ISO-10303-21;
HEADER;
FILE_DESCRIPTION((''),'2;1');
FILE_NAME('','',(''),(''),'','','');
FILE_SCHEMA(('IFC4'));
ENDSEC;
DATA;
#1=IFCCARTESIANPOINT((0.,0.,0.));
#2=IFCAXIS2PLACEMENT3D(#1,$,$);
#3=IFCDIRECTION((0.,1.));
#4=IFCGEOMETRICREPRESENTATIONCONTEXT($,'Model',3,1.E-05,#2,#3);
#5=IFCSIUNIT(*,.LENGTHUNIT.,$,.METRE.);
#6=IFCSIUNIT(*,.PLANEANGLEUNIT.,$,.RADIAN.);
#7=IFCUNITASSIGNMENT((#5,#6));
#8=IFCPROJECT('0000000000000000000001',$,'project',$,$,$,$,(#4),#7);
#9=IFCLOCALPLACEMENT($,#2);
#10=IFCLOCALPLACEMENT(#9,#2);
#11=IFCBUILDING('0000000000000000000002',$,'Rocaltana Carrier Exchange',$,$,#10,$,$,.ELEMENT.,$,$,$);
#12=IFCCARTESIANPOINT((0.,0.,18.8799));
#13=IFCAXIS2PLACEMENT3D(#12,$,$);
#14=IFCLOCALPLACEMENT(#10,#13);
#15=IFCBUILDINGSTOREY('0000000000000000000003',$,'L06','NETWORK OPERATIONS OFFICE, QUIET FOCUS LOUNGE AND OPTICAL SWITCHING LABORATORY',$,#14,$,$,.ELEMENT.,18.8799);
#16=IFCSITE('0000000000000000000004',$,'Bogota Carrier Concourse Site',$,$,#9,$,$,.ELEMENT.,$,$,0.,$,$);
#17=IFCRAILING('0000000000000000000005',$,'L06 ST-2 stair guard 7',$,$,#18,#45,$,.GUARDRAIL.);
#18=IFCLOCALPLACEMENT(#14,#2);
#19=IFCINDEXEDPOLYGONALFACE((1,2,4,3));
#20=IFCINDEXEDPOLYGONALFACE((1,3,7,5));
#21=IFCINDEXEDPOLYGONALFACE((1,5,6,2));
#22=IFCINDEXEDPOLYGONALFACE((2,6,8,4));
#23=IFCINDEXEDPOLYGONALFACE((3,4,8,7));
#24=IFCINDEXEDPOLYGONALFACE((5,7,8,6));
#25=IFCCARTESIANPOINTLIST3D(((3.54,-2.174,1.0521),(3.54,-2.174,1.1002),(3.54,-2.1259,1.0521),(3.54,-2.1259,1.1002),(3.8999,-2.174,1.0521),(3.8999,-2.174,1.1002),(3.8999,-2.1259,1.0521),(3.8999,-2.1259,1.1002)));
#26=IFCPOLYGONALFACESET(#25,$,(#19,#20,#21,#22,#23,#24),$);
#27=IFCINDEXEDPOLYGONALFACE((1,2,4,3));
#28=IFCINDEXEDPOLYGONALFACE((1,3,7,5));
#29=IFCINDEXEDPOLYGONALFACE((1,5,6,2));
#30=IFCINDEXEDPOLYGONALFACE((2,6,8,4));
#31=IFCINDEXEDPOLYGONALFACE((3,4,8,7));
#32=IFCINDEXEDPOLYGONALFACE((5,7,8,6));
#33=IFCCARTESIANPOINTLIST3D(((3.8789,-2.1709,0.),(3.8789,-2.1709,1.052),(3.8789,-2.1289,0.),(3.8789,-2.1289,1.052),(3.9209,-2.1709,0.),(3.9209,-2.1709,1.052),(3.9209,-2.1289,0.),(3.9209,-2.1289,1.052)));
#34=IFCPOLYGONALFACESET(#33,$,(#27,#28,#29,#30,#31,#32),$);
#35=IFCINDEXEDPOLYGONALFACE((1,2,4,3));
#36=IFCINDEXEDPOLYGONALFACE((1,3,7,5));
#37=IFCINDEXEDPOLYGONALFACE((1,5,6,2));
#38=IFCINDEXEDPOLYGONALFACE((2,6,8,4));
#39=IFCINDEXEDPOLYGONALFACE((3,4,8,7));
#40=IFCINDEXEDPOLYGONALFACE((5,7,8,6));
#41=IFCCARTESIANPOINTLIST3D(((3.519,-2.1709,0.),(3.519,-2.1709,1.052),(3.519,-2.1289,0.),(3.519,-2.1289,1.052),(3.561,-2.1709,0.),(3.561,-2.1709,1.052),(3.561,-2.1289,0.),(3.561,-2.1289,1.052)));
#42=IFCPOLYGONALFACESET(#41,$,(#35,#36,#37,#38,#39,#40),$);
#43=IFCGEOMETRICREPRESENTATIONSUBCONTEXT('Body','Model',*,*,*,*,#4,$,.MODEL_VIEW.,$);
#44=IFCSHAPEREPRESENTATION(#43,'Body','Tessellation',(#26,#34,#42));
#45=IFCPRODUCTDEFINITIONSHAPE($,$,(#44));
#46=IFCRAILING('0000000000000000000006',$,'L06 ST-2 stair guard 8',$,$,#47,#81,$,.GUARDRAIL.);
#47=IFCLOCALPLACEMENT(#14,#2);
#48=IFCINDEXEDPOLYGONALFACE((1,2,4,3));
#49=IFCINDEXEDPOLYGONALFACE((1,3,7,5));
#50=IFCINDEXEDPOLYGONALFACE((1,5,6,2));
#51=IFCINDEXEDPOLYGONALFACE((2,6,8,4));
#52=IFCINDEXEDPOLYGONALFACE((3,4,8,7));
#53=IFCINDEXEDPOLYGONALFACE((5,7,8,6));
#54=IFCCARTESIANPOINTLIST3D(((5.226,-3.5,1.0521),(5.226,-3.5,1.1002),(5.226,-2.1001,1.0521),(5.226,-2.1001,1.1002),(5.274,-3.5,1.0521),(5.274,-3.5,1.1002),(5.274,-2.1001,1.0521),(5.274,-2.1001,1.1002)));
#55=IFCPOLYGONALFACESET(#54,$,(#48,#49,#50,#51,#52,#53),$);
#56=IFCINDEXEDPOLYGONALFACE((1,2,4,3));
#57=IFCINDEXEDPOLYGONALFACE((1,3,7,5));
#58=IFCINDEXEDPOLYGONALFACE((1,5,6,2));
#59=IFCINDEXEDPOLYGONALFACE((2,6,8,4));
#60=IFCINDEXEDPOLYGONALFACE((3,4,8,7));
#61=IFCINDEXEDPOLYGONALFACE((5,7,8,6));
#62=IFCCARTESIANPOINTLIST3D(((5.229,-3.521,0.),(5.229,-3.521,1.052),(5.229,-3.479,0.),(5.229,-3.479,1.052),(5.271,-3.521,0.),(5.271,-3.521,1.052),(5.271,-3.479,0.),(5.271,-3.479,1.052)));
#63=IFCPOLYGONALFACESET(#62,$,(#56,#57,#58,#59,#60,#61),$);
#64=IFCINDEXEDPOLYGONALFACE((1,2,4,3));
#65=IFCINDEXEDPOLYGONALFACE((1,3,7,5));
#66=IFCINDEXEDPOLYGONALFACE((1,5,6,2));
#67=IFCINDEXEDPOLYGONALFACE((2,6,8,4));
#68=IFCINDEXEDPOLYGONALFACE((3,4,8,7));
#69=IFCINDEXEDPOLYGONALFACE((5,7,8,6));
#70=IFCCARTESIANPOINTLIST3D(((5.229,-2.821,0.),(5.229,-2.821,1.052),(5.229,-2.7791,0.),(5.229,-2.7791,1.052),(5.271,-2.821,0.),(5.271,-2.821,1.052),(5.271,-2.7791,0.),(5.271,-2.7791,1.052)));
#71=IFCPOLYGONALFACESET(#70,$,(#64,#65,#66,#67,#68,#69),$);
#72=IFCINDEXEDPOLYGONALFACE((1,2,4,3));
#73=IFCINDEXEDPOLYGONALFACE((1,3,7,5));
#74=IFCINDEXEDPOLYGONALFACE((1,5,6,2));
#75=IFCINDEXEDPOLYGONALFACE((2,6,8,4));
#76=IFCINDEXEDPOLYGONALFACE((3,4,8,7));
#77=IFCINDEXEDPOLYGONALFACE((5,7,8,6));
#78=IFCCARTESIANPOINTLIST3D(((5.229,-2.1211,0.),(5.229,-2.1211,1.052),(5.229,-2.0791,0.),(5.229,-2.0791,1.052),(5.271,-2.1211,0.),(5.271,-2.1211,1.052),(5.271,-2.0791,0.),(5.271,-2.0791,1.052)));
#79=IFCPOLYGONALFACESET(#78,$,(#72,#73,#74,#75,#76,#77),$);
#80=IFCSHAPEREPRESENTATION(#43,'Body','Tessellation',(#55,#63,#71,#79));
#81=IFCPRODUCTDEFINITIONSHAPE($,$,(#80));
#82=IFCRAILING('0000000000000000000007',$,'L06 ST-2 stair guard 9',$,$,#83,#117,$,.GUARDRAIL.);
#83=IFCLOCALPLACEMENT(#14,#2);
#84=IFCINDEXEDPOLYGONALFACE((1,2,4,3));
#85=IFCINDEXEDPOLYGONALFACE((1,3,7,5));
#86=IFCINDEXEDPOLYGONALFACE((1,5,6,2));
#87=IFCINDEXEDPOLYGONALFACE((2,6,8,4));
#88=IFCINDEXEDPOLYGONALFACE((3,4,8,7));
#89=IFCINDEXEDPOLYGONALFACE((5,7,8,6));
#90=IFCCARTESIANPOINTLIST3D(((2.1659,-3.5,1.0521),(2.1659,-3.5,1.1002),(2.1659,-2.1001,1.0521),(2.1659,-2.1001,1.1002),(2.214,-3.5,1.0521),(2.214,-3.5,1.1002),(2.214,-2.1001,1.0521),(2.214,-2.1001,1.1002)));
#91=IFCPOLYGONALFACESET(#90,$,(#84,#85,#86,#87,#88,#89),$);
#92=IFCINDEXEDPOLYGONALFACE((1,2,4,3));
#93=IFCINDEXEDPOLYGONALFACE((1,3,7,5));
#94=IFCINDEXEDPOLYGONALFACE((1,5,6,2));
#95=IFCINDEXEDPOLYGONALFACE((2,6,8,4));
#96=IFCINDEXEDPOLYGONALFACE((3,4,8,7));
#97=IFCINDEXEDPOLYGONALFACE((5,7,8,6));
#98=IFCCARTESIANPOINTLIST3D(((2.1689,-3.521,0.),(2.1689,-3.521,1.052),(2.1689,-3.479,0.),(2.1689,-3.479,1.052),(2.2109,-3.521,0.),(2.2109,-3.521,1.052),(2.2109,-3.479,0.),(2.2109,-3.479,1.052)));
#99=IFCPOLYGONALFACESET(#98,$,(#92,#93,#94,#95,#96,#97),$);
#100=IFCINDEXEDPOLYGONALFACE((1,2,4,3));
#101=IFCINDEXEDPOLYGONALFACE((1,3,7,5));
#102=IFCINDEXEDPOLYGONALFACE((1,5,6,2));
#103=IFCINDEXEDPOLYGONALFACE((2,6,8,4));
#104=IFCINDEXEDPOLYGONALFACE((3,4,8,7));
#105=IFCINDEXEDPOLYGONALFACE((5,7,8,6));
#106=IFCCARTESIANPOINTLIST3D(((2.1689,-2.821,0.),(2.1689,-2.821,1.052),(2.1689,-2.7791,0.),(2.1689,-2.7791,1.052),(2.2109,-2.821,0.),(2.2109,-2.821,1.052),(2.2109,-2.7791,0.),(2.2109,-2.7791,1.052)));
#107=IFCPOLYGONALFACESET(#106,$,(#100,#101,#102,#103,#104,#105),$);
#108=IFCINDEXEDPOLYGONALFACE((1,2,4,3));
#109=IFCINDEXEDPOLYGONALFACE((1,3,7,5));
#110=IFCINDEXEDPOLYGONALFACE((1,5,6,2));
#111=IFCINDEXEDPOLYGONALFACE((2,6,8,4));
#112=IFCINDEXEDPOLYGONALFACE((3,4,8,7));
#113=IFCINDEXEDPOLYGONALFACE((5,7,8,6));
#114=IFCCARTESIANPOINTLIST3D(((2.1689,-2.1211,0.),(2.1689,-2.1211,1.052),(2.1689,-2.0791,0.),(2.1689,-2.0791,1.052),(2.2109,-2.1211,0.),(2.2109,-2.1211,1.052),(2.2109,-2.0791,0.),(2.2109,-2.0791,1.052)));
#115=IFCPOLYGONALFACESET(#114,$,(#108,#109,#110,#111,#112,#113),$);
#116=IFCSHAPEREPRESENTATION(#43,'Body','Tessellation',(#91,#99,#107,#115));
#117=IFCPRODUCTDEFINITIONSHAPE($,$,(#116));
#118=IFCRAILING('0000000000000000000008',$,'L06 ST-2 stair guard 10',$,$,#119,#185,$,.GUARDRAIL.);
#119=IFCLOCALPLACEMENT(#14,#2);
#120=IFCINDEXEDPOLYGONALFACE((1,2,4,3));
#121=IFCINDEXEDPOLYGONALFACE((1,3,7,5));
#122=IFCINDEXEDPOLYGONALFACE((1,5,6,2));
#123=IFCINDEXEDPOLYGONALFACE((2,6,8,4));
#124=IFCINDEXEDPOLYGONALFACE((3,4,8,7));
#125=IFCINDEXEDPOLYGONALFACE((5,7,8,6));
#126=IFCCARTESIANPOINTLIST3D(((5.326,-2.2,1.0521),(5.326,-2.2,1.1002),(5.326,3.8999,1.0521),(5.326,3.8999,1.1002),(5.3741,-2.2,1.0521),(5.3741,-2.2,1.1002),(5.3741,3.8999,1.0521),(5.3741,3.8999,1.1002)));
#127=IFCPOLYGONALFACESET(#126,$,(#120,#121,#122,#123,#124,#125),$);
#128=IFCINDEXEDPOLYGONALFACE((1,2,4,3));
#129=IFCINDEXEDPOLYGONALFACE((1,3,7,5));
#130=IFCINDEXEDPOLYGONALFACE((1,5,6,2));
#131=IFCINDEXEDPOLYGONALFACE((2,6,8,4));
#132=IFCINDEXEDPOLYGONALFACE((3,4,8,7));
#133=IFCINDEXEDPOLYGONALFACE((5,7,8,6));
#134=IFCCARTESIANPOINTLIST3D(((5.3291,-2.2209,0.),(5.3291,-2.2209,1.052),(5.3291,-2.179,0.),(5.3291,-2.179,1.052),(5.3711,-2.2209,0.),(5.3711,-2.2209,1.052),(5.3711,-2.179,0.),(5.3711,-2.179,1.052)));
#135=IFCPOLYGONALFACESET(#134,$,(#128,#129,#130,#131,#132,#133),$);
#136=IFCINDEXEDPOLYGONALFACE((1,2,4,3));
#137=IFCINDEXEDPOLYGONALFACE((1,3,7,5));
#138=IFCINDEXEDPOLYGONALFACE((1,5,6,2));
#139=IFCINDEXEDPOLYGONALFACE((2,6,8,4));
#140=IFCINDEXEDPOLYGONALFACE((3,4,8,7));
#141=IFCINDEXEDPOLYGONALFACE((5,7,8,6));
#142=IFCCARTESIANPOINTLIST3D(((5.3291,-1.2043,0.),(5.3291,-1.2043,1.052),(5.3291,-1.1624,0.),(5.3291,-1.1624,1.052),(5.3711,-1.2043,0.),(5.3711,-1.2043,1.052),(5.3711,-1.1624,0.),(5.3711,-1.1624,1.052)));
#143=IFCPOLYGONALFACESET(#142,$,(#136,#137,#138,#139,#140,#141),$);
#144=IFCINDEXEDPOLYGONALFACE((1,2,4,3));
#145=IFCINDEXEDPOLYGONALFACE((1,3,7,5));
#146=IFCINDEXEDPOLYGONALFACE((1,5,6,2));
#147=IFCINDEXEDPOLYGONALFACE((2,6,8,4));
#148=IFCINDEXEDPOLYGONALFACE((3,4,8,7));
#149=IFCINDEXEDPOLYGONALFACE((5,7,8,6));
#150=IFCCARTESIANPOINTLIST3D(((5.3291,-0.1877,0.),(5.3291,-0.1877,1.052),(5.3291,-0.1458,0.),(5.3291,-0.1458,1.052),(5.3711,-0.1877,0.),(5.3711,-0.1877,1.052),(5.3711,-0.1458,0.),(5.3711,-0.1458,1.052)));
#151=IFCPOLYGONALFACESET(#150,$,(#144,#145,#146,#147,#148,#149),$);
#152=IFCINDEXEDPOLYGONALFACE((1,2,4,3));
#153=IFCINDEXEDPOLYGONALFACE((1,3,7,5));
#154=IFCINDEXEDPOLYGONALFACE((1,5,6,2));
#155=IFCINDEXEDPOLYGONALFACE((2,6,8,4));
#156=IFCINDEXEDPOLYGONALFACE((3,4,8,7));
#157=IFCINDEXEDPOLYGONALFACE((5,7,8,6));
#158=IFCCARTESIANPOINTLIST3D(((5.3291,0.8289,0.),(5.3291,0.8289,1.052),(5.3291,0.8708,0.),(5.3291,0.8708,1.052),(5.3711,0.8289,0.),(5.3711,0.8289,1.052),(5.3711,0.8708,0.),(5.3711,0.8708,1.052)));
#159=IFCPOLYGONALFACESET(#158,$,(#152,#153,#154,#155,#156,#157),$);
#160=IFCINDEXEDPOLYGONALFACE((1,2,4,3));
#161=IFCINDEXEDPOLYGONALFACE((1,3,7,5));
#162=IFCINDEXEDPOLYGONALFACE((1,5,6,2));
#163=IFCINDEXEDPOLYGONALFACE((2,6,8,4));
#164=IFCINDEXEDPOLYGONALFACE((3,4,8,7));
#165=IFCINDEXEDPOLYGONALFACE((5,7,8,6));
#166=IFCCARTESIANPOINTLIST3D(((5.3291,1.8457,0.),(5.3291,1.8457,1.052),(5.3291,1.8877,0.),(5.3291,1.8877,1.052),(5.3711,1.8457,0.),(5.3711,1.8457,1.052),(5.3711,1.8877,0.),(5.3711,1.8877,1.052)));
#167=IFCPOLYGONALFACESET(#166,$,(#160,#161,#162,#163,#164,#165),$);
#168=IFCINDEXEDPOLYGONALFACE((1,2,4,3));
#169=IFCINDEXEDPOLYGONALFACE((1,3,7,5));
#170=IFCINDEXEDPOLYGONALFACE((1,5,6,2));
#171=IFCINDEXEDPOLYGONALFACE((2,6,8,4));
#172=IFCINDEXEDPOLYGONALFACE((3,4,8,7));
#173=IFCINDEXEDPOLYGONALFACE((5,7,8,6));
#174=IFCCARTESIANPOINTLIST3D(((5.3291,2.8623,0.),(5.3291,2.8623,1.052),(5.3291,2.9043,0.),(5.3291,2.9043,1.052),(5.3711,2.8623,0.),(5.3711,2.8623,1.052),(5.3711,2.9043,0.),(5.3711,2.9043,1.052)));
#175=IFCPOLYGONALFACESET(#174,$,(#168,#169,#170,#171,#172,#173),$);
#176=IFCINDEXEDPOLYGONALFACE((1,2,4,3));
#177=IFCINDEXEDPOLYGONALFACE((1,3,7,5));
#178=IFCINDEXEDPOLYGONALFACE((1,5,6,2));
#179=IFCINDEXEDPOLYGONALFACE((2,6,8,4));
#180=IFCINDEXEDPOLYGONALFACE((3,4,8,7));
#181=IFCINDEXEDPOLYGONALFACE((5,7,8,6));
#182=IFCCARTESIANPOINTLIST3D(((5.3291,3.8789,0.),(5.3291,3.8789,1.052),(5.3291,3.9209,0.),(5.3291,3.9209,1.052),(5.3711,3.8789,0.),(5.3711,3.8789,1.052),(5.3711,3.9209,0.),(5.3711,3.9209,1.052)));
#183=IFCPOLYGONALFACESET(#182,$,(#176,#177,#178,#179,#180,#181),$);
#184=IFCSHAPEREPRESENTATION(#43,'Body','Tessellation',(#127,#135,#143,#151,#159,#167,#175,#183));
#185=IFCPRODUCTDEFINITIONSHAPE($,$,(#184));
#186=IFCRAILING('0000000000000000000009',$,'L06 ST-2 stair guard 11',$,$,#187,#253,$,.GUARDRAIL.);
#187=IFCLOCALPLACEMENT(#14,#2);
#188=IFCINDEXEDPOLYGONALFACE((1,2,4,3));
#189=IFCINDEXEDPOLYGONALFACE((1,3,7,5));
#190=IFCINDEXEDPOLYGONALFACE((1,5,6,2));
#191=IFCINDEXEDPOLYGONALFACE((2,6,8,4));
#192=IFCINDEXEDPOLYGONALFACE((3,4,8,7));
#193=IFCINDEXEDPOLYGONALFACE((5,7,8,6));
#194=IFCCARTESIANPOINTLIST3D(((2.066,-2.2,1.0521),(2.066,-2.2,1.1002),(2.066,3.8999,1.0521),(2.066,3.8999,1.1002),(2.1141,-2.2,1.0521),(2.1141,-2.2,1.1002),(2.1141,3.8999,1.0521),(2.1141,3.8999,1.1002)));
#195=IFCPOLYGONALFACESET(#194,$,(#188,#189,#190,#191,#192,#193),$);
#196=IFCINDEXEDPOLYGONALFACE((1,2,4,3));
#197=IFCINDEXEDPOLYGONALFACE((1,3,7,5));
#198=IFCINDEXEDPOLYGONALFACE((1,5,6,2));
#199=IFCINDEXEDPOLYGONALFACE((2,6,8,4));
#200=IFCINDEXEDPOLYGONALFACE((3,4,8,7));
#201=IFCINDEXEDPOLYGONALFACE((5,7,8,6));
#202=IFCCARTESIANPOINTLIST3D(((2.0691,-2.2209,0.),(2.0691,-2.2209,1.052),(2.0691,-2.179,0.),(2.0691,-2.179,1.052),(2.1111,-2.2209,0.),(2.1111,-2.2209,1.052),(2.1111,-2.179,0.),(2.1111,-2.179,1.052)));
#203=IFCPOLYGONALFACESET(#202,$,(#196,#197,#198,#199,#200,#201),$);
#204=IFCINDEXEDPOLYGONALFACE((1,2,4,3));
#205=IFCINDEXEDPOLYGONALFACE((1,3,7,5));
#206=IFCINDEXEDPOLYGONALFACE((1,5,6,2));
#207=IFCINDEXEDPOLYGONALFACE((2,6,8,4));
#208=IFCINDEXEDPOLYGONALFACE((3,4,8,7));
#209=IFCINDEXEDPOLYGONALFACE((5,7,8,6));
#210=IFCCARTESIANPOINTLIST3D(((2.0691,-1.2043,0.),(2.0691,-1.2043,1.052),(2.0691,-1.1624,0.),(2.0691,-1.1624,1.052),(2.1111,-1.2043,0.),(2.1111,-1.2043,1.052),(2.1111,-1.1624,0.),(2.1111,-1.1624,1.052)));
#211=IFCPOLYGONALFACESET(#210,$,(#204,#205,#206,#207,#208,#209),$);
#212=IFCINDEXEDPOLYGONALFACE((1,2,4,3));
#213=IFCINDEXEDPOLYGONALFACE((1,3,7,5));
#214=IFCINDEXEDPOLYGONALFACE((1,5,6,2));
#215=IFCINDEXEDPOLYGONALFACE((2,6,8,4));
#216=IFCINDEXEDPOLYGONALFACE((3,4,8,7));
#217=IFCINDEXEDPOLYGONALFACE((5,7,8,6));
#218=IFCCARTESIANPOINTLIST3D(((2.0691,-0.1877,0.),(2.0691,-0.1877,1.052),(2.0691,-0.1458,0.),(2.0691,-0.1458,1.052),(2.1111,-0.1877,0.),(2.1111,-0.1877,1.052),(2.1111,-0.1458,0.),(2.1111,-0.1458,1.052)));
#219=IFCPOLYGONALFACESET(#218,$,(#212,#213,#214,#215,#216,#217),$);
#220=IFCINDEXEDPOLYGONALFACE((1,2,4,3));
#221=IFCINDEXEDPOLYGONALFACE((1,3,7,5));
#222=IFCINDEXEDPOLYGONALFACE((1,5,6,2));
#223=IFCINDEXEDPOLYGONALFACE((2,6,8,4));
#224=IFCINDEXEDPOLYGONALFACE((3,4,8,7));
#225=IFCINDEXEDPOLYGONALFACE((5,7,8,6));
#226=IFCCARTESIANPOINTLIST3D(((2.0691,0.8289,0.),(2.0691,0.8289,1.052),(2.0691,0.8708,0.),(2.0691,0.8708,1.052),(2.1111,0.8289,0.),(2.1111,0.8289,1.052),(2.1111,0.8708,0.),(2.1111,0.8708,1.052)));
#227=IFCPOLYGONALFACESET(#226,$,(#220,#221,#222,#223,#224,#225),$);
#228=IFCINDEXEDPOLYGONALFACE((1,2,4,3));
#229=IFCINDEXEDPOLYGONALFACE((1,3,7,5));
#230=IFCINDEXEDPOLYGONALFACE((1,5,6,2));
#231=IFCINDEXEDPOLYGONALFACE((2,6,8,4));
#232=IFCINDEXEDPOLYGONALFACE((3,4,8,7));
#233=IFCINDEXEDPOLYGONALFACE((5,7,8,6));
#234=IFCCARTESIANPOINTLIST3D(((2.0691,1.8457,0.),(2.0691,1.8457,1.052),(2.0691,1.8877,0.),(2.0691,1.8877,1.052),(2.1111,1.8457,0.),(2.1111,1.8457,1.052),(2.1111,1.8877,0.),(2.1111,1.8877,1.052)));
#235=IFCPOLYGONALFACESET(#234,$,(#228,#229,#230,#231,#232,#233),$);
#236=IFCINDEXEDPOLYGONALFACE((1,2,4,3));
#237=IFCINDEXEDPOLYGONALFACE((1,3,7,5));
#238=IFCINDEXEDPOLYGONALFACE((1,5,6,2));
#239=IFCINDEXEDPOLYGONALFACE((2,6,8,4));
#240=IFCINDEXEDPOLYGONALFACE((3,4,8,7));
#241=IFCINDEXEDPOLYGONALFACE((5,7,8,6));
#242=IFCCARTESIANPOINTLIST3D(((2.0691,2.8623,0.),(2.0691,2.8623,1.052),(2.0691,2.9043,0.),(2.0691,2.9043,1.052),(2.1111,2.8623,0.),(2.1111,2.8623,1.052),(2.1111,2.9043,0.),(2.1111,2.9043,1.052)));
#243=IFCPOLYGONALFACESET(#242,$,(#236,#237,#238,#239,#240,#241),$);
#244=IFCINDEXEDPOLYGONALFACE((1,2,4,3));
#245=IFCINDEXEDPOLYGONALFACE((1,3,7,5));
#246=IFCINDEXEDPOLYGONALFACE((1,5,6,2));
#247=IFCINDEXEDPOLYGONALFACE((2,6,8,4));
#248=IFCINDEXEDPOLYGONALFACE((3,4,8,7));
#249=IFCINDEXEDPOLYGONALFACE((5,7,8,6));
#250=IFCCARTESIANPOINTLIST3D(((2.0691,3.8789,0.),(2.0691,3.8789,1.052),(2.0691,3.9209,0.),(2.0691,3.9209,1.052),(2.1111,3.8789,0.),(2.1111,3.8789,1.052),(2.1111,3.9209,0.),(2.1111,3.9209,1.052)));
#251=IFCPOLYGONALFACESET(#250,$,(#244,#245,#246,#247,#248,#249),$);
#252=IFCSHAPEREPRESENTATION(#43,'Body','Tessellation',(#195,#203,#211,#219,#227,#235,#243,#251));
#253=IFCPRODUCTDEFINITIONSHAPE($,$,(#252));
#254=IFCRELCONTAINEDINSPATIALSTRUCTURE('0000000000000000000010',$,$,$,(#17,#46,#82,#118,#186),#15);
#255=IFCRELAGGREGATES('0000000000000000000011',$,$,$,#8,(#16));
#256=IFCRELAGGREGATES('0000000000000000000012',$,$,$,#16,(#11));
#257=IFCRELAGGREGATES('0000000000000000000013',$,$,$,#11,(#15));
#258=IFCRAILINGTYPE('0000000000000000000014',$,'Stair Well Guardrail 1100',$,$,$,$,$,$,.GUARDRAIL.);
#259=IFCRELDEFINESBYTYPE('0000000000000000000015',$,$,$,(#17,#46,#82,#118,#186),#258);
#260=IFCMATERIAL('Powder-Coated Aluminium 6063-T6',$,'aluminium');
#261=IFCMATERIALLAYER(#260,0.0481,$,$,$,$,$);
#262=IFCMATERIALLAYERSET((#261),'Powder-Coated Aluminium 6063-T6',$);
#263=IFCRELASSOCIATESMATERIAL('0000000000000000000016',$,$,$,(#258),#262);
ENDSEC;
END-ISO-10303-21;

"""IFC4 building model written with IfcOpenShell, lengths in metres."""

from ifc_helpers import new_model, si_unit, direction, frame, origin, origin_2d, place, context, subcontext, project, spatial, rectangle, extrude, material, layer, layer_set, type_object, element, save


model = new_model("IFC4")

# Units and contexts
model_context = context("Model", 3, precision=1e-05, world=origin(), true_north=direction((0.0, 1.0)))
body_context = subcontext(model_context, "Body", "Model", "MODEL_VIEW")
ifc_project = project(units=[si_unit("LENGTHUNIT", "METRE"), si_unit("PLANEANGLEUNIT", "RADIAN")], contexts=[model_context])

# Site, building, storey
site_placement = place(None, origin())
site = spatial("IfcSite", under=ifc_project, at=site_placement, Name="Bogota Carrier Concourse Site", CompositionType="ELEMENT", RefElevation=0.0)
building_placement = place(site_placement, origin())
building = spatial("IfcBuilding", under=site, at=building_placement, Name="Rocaltana Carrier Exchange", CompositionType="ELEMENT")
storey_placement = place(building_placement, frame((0.0, 0.0, 18.8799)))
storey = spatial("IfcBuildingStorey", under=building, at=storey_placement, Name="L06", Description="NETWORK OPERATIONS OFFICE, QUIET FOCUS LOUNGE AND OPTICAL SWITCHING LABORATORY", CompositionType="ELEMENT", Elevation=18.8799)

# Railings
ifc_material_1 = material(Name="Powder-Coated Aluminium 6063-T6", Category="aluminium")
ifc_layer_1 = layer(ifc_material_1, 0.0481)
ifc_layer_set_1 = layer_set([ifc_layer_1], Name="Powder-Coated Aluminium 6063-T6")
railing_type_1 = type_object("IfcRailingType", Name="Stair Well Guardrail 1100", PredefinedType="GUARDRAIL", material=ifc_layer_set_1)
railing_1_placement = place(storey_placement, frame((3.8999, -2.1499, 0.0)))
element("IfcRailing", 1, at=railing_1_placement, inside=storey, type_object=railing_type_1, Name="L06 ST-2 stair guard 7", PredefinedType="GUARDRAIL", context=body_context, shape_type="SweptSolid", body=[
    extrude(rectangle(XDim=0.0481, YDim=0.0481, at=origin_2d()), frame((0.0, 0.0, 1.0762), z_axis=(-1.0, 0.0, 0.0), x_axis=(0.0, -1.0, 0.0)), (0.0, 0.0, 1.0), 0.3599),
    extrude(rectangle(XDim=0.042, YDim=0.042, at=origin_2d()), origin(), (0.0, 0.0, 1.0), 1.052),
    extrude(rectangle(XDim=0.042, YDim=0.042, at=origin_2d()), frame((-0.3599, 0.0, 0.0)), (0.0, 0.0, 1.0), 1.052),
])
for number, where, name in (
    (2, (5.25, -3.5, 0.0), "L06 ST-2 stair guard 8"),
    (3, (2.1899, -3.5, 0.0), "L06 ST-2 stair guard 9"),
):
    element("IfcRailing", number, at=place(storey_placement, frame(where)), inside=storey, type_object=railing_type_1, Name=name, PredefinedType="GUARDRAIL", context=body_context, shape_type="SweptSolid", body=[
        extrude(rectangle(XDim=0.0481, YDim=0.0481, at=origin_2d()), frame((0.0, 0.0, 1.0762), z_axis=(0.0, 1.0, 0.0), x_axis=(-1.0, 0.0, 0.0)), (0.0, 0.0, 1.0), 1.3999),
        extrude(rectangle(XDim=0.042, YDim=0.042, at=origin_2d()), origin(), (0.0, 0.0, 1.0), 1.052),
        extrude(rectangle(XDim=0.042, YDim=0.042, at=origin_2d()), frame((0.0, 0.7, 0.0)), (0.0, 0.0, 1.0), 1.052),
        extrude(rectangle(XDim=0.042, YDim=0.042, at=origin_2d()), frame((0.0, 1.3999, 0.0)), (0.0, 0.0, 1.0), 1.052),
    ])
for number, where, name in (
    (4, (5.3501, -2.2, 0.0), "L06 ST-2 stair guard 10"),
    (5, (2.0901, -2.2, 0.0), "L06 ST-2 stair guard 11"),
):
    element("IfcRailing", number, at=place(storey_placement, frame(where)), inside=storey, type_object=railing_type_1, Name=name, PredefinedType="GUARDRAIL", context=body_context, shape_type="SweptSolid", body=[
        extrude(rectangle(XDim=0.0481, YDim=0.0481, at=origin_2d()), frame((0.0, 0.0, 1.0762), z_axis=(0.0, 1.0, 0.0), x_axis=(-1.0, 0.0, 0.0)), (0.0, 0.0, 1.0), 6.0999),
        extrude(rectangle(XDim=0.042, YDim=0.042, at=origin_2d()), origin(), (0.0, 0.0, 1.0), 1.052),
        extrude(rectangle(XDim=0.042, YDim=0.042, at=origin_2d()), frame((0.0, 1.0166, 0.0)), (0.0, 0.0, 1.0), 1.052),
        extrude(rectangle(XDim=0.042, YDim=0.042, at=origin_2d()), frame((0.0, 2.0332, 0.0)), (0.0, 0.0, 1.0), 1.052),
        extrude(rectangle(XDim=0.042, YDim=0.042, at=origin_2d()), frame((0.0, 3.0498, 0.0)), (0.0, 0.0, 1.0), 1.052),
        extrude(rectangle(XDim=0.042, YDim=0.042, at=origin_2d()), frame((0.0, 4.0667, 0.0)), (0.0, 0.0, 1.0), 1.052),
        extrude(rectangle(XDim=0.042, YDim=0.042, at=origin_2d()), frame((0.0, 5.0833, 0.0)), (0.0, 0.0, 1.0), 1.052),
        extrude(rectangle(XDim=0.042, YDim=0.042, at=origin_2d()), frame((0.0, 6.0999, 0.0)), (0.0, 0.0, 1.0), 1.052),
    ])

save(model, "model.ifc")
